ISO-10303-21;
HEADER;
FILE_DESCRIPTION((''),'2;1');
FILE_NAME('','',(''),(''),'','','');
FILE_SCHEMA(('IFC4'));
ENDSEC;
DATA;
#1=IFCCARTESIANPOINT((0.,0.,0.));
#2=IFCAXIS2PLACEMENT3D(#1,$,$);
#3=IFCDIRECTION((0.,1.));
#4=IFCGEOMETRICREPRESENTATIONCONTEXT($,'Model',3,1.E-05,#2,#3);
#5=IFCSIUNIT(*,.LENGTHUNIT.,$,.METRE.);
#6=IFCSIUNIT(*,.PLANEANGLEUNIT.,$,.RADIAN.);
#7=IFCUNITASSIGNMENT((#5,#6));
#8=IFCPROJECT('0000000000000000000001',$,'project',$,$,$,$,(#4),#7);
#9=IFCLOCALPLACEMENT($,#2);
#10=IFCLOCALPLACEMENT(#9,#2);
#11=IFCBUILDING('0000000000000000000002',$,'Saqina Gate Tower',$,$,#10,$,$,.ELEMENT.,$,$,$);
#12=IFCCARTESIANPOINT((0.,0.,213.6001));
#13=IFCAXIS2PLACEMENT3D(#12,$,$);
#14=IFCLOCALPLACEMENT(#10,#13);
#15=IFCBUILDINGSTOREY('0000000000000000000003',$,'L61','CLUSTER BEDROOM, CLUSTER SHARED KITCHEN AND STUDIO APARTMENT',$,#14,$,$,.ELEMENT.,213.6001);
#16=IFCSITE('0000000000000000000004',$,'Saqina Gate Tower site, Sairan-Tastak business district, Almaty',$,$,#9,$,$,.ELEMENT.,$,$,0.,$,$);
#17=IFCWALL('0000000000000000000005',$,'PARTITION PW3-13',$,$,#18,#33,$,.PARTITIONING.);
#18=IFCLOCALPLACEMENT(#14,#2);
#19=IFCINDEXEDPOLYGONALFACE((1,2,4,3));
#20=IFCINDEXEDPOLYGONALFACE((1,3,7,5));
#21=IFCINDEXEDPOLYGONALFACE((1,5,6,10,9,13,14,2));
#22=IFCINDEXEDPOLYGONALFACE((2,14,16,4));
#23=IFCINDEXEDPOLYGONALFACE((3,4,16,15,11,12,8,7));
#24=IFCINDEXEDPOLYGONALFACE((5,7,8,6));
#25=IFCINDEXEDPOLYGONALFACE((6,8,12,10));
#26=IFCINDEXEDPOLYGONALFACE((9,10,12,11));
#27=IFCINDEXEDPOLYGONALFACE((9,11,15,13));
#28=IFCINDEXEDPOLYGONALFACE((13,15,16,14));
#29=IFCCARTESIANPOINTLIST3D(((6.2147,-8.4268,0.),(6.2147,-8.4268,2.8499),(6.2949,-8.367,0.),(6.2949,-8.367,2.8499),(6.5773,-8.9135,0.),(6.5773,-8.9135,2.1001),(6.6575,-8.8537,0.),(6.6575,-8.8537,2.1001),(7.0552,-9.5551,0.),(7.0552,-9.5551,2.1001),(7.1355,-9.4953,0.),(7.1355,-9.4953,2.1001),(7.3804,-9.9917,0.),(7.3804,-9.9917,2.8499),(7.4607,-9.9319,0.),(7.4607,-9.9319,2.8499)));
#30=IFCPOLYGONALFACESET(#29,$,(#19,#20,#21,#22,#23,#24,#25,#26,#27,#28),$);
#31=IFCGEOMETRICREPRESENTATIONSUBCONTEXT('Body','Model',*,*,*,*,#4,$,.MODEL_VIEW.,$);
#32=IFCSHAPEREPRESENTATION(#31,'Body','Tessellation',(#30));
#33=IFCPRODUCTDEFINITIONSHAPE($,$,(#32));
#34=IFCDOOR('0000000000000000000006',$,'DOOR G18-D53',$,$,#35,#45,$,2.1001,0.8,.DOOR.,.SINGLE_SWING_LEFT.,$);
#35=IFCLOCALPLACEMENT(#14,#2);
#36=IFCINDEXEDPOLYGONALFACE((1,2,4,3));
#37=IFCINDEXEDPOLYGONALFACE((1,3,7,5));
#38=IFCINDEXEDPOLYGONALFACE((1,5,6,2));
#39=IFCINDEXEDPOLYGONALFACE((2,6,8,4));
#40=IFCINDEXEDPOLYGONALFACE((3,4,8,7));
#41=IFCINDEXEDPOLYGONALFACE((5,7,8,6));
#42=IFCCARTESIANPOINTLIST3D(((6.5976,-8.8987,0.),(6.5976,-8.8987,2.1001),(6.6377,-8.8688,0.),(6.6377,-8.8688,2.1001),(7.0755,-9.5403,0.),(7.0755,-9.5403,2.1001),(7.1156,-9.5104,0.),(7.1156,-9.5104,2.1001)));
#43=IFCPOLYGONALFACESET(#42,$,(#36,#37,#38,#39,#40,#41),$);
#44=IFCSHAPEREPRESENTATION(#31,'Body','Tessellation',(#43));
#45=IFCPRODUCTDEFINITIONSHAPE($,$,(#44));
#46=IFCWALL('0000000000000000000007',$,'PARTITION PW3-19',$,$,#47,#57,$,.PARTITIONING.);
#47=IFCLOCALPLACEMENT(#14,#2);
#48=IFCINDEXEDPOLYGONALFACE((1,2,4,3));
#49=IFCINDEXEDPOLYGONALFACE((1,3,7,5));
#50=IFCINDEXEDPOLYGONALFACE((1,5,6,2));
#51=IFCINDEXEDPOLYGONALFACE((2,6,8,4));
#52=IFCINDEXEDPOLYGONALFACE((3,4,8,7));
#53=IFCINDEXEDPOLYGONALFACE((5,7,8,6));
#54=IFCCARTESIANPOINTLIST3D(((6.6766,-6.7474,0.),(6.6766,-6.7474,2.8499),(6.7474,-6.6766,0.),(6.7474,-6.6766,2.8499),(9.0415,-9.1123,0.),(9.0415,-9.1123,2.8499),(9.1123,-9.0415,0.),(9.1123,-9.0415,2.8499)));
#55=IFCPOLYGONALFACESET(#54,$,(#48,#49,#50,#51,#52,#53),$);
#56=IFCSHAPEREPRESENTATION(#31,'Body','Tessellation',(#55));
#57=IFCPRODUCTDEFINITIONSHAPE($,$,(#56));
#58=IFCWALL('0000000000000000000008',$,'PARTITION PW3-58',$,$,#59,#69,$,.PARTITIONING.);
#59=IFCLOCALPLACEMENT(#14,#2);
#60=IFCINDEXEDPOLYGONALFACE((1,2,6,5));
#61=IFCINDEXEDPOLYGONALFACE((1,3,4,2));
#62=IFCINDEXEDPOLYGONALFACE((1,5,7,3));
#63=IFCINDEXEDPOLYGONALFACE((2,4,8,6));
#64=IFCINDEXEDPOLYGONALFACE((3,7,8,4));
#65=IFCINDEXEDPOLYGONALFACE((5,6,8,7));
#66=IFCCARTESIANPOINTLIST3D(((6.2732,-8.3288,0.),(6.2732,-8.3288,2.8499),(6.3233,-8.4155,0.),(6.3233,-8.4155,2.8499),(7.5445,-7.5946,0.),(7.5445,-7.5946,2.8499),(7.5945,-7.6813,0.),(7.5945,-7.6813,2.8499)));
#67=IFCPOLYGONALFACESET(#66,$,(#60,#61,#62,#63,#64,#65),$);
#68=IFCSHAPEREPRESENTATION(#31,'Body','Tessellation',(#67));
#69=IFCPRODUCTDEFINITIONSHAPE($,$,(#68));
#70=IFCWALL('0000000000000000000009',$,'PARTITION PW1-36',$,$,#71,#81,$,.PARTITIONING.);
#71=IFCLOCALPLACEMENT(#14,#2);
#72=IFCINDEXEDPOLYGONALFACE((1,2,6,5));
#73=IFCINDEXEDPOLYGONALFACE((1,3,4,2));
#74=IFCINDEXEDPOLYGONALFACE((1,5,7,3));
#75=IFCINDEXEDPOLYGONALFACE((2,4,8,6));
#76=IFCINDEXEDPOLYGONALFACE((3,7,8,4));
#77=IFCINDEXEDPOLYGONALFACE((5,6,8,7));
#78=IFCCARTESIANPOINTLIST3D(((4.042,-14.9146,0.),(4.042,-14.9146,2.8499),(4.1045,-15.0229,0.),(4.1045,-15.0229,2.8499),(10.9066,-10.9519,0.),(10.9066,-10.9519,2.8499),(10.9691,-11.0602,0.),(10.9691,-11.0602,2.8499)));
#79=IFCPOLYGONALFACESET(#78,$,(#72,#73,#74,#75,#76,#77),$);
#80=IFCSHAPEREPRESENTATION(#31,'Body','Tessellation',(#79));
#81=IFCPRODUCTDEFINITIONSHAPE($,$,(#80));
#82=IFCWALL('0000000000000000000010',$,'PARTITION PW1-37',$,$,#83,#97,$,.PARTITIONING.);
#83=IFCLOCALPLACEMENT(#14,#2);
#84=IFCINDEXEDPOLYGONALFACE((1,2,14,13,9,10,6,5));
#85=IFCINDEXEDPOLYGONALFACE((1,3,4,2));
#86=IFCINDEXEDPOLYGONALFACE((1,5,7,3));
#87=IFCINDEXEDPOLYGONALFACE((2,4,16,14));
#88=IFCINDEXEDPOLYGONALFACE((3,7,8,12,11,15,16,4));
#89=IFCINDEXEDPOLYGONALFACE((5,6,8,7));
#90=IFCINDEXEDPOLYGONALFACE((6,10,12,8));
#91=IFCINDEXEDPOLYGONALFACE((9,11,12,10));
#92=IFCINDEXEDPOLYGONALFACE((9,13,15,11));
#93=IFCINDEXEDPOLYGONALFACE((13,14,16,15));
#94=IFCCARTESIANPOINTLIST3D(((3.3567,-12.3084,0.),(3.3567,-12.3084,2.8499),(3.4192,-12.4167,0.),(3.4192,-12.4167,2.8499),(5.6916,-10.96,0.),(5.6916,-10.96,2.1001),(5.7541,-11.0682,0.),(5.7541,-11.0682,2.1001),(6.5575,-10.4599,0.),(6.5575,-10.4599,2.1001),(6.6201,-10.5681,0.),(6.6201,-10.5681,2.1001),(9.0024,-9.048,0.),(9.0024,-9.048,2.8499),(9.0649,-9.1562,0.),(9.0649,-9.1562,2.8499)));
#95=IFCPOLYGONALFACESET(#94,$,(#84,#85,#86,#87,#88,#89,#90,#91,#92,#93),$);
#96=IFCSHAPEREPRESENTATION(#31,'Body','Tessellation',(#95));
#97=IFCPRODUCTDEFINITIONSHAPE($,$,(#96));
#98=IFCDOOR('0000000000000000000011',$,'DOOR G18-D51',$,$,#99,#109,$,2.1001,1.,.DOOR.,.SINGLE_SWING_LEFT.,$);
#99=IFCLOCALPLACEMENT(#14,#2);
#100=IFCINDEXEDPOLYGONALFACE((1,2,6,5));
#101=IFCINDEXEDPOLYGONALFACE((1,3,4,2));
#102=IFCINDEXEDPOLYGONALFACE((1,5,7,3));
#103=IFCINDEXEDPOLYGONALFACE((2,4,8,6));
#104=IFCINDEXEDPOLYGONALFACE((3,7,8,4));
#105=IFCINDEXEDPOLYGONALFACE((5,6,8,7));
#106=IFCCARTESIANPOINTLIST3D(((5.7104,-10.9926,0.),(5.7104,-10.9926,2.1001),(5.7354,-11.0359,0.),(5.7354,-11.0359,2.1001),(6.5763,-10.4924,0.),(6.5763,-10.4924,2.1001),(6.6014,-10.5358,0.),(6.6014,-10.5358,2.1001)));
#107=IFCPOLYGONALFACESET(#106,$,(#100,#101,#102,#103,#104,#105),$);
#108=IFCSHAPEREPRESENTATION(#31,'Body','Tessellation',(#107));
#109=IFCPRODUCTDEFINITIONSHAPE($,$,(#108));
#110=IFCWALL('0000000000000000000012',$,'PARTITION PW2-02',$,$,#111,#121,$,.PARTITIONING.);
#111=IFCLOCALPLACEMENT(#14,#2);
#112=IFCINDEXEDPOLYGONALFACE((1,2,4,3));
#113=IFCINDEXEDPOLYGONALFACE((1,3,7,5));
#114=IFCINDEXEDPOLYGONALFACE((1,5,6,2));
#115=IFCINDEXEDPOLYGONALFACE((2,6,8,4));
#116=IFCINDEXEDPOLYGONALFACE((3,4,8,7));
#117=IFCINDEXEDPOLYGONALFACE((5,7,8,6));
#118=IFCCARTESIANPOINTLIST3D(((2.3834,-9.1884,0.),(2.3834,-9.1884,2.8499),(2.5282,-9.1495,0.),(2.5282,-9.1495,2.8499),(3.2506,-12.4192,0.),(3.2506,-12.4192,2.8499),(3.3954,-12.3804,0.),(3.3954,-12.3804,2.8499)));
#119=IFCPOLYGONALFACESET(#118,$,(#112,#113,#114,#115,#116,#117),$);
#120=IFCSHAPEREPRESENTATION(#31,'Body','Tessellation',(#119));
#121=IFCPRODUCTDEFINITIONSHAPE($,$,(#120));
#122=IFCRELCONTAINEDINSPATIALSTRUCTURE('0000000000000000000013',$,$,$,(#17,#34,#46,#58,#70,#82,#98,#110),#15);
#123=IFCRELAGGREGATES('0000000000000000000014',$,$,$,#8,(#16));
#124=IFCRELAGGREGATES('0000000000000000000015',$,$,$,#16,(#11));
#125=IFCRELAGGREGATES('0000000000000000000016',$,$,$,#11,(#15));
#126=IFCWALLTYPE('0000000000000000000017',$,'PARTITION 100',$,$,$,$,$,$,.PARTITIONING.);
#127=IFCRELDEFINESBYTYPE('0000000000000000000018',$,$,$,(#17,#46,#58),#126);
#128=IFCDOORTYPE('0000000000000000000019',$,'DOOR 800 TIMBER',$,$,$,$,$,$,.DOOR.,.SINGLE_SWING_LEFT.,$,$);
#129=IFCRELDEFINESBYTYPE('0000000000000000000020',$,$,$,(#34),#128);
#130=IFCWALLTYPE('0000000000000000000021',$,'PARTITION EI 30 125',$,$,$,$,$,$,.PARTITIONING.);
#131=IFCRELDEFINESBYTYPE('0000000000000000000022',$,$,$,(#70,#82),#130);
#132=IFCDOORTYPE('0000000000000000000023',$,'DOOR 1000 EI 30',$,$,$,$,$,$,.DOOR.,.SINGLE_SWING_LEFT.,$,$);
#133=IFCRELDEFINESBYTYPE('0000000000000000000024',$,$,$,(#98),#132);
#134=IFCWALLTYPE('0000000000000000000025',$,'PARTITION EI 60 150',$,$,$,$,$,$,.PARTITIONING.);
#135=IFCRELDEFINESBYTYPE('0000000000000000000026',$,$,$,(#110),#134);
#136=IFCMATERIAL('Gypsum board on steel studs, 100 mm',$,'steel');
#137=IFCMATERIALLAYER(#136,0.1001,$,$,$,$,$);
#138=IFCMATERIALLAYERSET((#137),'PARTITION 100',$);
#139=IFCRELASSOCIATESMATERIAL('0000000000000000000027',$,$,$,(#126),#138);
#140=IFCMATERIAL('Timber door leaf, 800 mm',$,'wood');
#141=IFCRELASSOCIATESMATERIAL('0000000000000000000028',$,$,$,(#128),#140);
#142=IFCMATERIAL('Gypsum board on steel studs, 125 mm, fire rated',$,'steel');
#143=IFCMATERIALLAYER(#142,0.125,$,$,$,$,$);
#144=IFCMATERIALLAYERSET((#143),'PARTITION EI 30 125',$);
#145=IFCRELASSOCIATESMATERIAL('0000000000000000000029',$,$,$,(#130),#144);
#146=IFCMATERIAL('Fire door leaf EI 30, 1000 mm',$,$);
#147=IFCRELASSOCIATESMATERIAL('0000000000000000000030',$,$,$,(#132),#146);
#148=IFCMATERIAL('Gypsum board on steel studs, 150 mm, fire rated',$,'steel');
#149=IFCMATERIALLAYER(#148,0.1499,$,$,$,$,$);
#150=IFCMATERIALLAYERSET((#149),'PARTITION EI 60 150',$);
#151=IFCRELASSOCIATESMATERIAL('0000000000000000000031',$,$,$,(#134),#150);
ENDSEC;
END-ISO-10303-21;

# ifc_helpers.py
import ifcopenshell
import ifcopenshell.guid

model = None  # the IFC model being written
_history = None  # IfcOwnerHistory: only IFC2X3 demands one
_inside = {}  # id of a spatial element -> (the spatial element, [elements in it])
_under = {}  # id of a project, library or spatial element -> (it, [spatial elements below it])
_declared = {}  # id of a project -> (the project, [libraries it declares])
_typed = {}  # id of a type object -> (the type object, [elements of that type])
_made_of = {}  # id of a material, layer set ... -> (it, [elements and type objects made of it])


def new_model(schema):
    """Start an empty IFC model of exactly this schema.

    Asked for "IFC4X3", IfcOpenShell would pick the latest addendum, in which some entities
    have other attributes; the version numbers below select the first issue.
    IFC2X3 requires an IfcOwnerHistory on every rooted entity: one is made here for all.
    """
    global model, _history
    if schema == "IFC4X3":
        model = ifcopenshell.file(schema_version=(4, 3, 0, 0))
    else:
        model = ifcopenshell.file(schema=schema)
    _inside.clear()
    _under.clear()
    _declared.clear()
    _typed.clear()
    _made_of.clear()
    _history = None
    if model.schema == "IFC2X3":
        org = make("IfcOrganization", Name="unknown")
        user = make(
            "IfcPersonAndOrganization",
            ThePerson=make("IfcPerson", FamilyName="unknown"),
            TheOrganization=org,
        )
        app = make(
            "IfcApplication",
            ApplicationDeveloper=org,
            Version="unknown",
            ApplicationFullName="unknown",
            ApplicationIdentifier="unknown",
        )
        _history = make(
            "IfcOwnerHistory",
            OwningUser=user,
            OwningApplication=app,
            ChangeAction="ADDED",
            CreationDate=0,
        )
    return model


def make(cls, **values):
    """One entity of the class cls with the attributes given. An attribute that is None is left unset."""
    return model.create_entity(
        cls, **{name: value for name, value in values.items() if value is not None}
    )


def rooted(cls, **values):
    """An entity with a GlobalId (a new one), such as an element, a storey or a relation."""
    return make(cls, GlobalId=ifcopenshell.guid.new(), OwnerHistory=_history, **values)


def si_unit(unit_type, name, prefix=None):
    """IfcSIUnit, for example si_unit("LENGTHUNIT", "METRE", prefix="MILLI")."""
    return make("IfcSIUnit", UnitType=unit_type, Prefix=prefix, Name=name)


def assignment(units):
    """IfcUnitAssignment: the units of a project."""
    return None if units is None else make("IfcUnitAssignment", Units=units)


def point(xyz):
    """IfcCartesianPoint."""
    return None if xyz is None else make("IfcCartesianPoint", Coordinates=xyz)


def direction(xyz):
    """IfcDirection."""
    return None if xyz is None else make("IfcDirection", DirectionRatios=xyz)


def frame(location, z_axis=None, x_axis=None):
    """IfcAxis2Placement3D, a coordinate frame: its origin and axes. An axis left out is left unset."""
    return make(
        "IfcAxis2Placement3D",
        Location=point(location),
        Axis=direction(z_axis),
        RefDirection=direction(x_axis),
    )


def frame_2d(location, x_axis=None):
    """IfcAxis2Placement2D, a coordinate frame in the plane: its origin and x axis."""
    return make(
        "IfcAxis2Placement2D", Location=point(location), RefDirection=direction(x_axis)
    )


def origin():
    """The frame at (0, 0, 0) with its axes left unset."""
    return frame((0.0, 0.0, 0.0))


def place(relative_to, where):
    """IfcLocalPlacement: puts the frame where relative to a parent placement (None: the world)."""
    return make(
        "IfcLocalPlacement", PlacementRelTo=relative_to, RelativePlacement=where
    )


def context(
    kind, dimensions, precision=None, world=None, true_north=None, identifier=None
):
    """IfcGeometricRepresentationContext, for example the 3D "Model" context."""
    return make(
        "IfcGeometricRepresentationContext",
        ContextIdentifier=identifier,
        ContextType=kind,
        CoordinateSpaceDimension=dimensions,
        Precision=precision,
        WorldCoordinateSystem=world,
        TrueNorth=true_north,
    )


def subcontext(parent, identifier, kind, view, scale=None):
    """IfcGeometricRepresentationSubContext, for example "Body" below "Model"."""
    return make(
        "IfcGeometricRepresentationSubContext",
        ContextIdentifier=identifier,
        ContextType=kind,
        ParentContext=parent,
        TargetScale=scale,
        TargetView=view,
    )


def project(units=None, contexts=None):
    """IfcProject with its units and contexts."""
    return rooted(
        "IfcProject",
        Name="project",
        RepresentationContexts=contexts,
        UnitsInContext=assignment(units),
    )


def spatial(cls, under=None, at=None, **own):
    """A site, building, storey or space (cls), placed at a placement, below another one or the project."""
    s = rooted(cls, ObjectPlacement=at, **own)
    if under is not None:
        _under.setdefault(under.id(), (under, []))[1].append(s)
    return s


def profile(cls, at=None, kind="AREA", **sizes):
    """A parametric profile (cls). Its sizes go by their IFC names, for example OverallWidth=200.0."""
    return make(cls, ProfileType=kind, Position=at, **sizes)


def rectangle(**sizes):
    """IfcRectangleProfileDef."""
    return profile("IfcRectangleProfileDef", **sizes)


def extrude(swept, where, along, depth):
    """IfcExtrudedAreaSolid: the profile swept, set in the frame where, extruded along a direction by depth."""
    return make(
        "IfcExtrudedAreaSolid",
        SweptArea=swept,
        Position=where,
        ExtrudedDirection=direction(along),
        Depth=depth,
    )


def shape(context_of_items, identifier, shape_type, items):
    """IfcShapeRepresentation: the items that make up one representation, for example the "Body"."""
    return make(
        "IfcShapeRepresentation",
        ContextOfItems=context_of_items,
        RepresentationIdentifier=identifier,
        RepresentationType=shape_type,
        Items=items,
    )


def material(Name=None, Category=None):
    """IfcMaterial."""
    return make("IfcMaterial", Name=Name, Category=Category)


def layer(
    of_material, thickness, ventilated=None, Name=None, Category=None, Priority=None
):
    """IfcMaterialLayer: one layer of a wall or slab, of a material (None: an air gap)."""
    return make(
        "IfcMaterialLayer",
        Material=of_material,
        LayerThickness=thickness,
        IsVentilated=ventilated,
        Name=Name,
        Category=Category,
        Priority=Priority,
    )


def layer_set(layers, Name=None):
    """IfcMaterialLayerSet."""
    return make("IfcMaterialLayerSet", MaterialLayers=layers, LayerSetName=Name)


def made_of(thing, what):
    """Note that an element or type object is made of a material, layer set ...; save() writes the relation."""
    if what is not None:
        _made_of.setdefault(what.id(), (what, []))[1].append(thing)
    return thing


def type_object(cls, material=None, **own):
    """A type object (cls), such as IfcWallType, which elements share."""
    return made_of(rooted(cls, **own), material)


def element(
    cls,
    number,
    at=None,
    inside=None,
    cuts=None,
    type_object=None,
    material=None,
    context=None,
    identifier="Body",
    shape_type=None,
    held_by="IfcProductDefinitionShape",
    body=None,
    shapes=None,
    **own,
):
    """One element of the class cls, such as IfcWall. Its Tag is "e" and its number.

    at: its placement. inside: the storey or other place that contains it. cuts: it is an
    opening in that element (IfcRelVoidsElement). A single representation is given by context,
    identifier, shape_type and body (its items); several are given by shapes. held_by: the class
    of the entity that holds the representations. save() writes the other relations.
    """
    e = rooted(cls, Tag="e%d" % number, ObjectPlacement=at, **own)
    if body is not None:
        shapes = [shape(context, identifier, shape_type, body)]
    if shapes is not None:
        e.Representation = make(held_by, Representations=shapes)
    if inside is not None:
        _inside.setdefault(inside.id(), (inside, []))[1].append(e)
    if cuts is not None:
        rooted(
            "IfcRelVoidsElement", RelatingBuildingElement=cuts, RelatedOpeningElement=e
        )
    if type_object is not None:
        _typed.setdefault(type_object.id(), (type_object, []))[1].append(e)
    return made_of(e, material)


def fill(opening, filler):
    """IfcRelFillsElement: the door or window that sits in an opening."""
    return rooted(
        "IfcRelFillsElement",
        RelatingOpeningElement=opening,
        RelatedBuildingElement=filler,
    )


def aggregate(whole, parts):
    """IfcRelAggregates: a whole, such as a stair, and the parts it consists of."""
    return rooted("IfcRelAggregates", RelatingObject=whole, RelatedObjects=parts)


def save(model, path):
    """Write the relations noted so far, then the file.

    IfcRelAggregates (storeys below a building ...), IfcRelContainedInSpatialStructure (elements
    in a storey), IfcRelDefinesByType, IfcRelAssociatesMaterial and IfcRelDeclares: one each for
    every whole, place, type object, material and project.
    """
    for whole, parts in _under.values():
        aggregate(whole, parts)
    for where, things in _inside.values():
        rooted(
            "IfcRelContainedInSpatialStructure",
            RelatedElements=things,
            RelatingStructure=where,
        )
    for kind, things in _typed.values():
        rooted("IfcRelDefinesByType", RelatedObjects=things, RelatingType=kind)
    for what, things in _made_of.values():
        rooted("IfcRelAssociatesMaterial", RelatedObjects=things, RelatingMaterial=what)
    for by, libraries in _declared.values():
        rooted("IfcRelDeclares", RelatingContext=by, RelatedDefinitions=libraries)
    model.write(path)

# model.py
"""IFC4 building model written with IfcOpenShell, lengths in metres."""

from ifc_helpers import new_model, si_unit, direction, frame, frame_2d, origin, place, context, subcontext, project, spatial, rectangle, extrude, material, layer, layer_set, type_object, element, fill, save


model = new_model("IFC4")

# Units and contexts
model_context = context("Model", 3, precision=1e-05, world=origin(), true_north=direction((0.0, 1.0)))
body_context = subcontext(model_context, "Body", "Model", "MODEL_VIEW")
ifc_project = project(units=[si_unit("LENGTHUNIT", "METRE"), si_unit("PLANEANGLEUNIT", "RADIAN")], contexts=[model_context])

# Site, building, storey
site_placement = place(None, origin())
site = spatial("IfcSite", under=ifc_project, at=site_placement, Name="Saqina Gate Tower site, Sairan-Tastak business district, Almaty", CompositionType="ELEMENT", RefElevation=0.0)
building_placement = place(site_placement, origin())
building = spatial("IfcBuilding", under=site, at=building_placement, Name="Saqina Gate Tower", CompositionType="ELEMENT")
storey_placement = place(building_placement, frame((0.0, 0.0, 213.6001)))
storey = spatial("IfcBuildingStorey", under=building, at=storey_placement, Name="L61", Description="CLUSTER BEDROOM, CLUSTER SHARED KITCHEN AND STUDIO APARTMENT", CompositionType="ELEMENT", Elevation=213.6001)

# Shared definitions
ifc_material_1 = material(Name="Gypsum board on steel studs, 100 mm", Category="steel")
ifc_layer_1 = layer(ifc_material_1, 0.1001)
ifc_layer_set_1 = layer_set([ifc_layer_1], Name="PARTITION 100")
wall_type_1 = type_object("IfcWallType", Name="PARTITION 100", PredefinedType="PARTITIONING", material=ifc_layer_set_1)

# Wall, opening, door
wall_1_placement = place(storey_placement, frame((6.2549, -8.397, 0.0), z_axis=(0.0, 0.0, 1.0), x_axis=(0.597395, -0.801947, 0.0)))
wall_1 = element("IfcWall", 1, at=wall_1_placement, inside=storey, type_object=wall_type_1, Name="PARTITION PW3-13", PredefinedType="PARTITIONING", context=body_context, shape_type="SweptSolid", body=[
    extrude(rectangle(XDim=1.9514, YDim=0.1001, at=frame_2d((0.9756, 0.0))), origin(), (0.0, 0.0, 1.0), 2.8499),
])
opening_1_placement = place(wall_1_placement, frame((0.6069, 0.0, 0.0)))
opening_1 = element("IfcOpeningElement", 2, at=opening_1_placement, cuts=wall_1, PredefinedType="OPENING", context=body_context, shape_type="SweptSolid", body=[
    extrude(rectangle(XDim=0.8, YDim=2.1001, at=frame_2d((0.3999, 1.05))), frame((0.0, 0.062, 0.0), z_axis=(0.0, -1.0, 0.0), x_axis=(1.0, 0.0, 0.0)), (0.0, 0.0, 1.0), 0.124),
])
ifc_material_2 = material(Name="Timber door leaf, 800 mm", Category="wood")
door_type_1 = type_object("IfcDoorType", Name="DOOR 800 TIMBER", OperationType="SINGLE_SWING_LEFT", PredefinedType="DOOR", material=ifc_material_2)
door_1_placement = place(opening_1_placement, frame((0.8, 0.0, 0.0), z_axis=(0.0, 0.0, 1.0), x_axis=(-1.0, 0.0, 0.0)))
door_1 = element("IfcDoor", 3, at=door_1_placement, inside=storey, type_object=door_type_1, Name="DOOR G18-D53", OperationType="SINGLE_SWING_LEFT", OverallHeight=2.1001, OverallWidth=0.8, PredefinedType="DOOR", context=body_context, shape_type="SweptSolid", body=[
    extrude(rectangle(XDim=0.8, YDim=2.1001, at=frame_2d((0.3999, 1.05))), frame((0.0, 0.0249, 0.0), z_axis=(0.0, -1.0, 0.0), x_axis=(1.0, 0.0, 0.0)), (0.0, 0.0, 1.0), 0.05),
])
fill(opening_1, door_1)

# Walls
wall_2_placement = place(storey_placement, frame((6.7119, -6.7119, 0.0), z_axis=(0.0, 0.0, 1.0), x_axis=(0.707107, -0.707107, 0.0)))
element("IfcWall", 4, at=wall_2_placement, inside=storey, type_object=wall_type_1, Name="PARTITION PW3-19", PredefinedType="PARTITIONING", context=body_context, shape_type="SweptSolid", body=[
    extrude(rectangle(XDim=3.3445, YDim=0.1001, at=frame_2d((1.6724, 0.0))), origin(), (0.0, 0.0, 1.0), 2.8499),
])
wall_3_placement = place(storey_placement, frame((6.2983, -8.3721, 0.0), z_axis=(0.0, 0.0, 1.0), x_axis=(0.865972, 0.500092, 0.0)))
element("IfcWall", 5, at=wall_3_placement, inside=storey, type_object=wall_type_1, Name="PARTITION PW3-58", PredefinedType="PARTITIONING", context=body_context, shape_type="SweptSolid", body=[
    extrude(rectangle(XDim=1.468, YDim=0.1001, at=frame_2d((0.7339, 0.0))), origin(), (0.0, 0.0, 1.0), 2.8499),
])
ifc_material_3 = material(Name="Gypsum board on steel studs, 125 mm, fire rated", Category="steel")
ifc_layer_2 = layer(ifc_material_3, 0.125)
ifc_layer_set_2 = layer_set([ifc_layer_2], Name="PARTITION EI 30 125")
wall_type_2 = type_object("IfcWallType", Name="PARTITION EI 30 125", PredefinedType="PARTITIONING", material=ifc_layer_set_2)
wall_4_placement = place(storey_placement, frame((4.0732, -14.9688, 0.0), z_axis=(0.0, 0.0, 1.0), x_axis=(0.866057, 0.499946, 0.0)))
element("IfcWall", 6, at=wall_4_placement, inside=storey, type_object=wall_type_2, Name="PARTITION PW1-36", PredefinedType="PARTITIONING", context=body_context, shape_type="SweptSolid", body=[
    extrude(rectangle(XDim=7.9263, YDim=0.125, at=frame_2d((3.9631, 0.0))), origin(), (0.0, 0.0, 1.0), 2.8499),
])

# Wall, opening, door
wall_5_placement = place(storey_placement, frame((3.3879, -12.3625, 0.0), z_axis=(0.0, 0.0, 1.0), x_axis=(0.865964, 0.500106, 0.0)))
wall_5 = element("IfcWall", 7, at=wall_5_placement, inside=storey, type_object=wall_type_2, Name="PARTITION PW1-37", PredefinedType="PARTITIONING", context=body_context, shape_type="SweptSolid", body=[
    extrude(rectangle(XDim=6.5195, YDim=0.125, at=frame_2d((3.2598, 0.0))), origin(), (0.0, 0.0, 1.0), 2.8499),
])
opening_2_placement = place(wall_5_placement, frame((2.6963, 0.0, 0.0)))
opening_2 = element("IfcOpeningElement", 8, at=opening_2_placement, cuts=wall_5, PredefinedType="OPENING", context=body_context, shape_type="SweptSolid", body=[
    extrude(rectangle(XDim=1.0, YDim=2.1001, at=frame_2d((0.5, 1.05))), frame((0.0, 0.0745, 0.0), z_axis=(0.0, -1.0, 0.0), x_axis=(1.0, 0.0, 0.0)), (0.0, 0.0, 1.0), 0.1489),
])
ifc_material_4 = material(Name="Fire door leaf EI 30, 1000 mm")
door_type_2 = type_object("IfcDoorType", Name="DOOR 1000 EI 30", OperationType="SINGLE_SWING_LEFT", PredefinedType="DOOR", material=ifc_material_4)
door_2_placement = place(opening_2_placement, origin())
door_2 = element("IfcDoor", 9, at=door_2_placement, inside=storey, type_object=door_type_2, Name="DOOR G18-D51", OperationType="SINGLE_SWING_LEFT", OverallHeight=2.1001, OverallWidth=1.0, PredefinedType="DOOR", context=body_context, shape_type="SweptSolid", body=[
    extrude(rectangle(XDim=1.0, YDim=2.1001, at=frame_2d((0.5, 1.05))), frame((0.0, 0.0249, 0.0), z_axis=(0.0, -1.0, 0.0), x_axis=(1.0, 0.0, 0.0)), (0.0, 0.0, 1.0), 0.05),
])
fill(opening_2, door_2)

# Wall
ifc_material_5 = material(Name="Gypsum board on steel studs, 150 mm, fire rated", Category="steel")
ifc_layer_3 = layer(ifc_material_5, 0.1499)
ifc_layer_set_3 = layer_set([ifc_layer_3], Name="PARTITION EI 60 150")
wall_type_3 = type_object("IfcWallType", Name="PARTITION EI 60 150", PredefinedType="PARTITIONING", material=ifc_layer_set_3)
wall_6_placement = place(storey_placement, frame((2.4558, -9.1689, 0.0), z_axis=(0.0, 0.0, 1.0), x_axis=(0.259225, -0.965817, 0.0)))
element("IfcWall", 10, at=wall_6_placement, inside=storey, type_object=wall_type_3, Name="PARTITION PW2-02", PredefinedType="PARTITIONING", context=body_context, shape_type="SweptSolid", body=[
    extrude(rectangle(XDim=3.3452, YDim=0.1499, at=frame_2d((1.6726, 0.0))), origin(), (0.0, 0.0, 1.0), 2.8499),
])

save(model, "model.ifc")
